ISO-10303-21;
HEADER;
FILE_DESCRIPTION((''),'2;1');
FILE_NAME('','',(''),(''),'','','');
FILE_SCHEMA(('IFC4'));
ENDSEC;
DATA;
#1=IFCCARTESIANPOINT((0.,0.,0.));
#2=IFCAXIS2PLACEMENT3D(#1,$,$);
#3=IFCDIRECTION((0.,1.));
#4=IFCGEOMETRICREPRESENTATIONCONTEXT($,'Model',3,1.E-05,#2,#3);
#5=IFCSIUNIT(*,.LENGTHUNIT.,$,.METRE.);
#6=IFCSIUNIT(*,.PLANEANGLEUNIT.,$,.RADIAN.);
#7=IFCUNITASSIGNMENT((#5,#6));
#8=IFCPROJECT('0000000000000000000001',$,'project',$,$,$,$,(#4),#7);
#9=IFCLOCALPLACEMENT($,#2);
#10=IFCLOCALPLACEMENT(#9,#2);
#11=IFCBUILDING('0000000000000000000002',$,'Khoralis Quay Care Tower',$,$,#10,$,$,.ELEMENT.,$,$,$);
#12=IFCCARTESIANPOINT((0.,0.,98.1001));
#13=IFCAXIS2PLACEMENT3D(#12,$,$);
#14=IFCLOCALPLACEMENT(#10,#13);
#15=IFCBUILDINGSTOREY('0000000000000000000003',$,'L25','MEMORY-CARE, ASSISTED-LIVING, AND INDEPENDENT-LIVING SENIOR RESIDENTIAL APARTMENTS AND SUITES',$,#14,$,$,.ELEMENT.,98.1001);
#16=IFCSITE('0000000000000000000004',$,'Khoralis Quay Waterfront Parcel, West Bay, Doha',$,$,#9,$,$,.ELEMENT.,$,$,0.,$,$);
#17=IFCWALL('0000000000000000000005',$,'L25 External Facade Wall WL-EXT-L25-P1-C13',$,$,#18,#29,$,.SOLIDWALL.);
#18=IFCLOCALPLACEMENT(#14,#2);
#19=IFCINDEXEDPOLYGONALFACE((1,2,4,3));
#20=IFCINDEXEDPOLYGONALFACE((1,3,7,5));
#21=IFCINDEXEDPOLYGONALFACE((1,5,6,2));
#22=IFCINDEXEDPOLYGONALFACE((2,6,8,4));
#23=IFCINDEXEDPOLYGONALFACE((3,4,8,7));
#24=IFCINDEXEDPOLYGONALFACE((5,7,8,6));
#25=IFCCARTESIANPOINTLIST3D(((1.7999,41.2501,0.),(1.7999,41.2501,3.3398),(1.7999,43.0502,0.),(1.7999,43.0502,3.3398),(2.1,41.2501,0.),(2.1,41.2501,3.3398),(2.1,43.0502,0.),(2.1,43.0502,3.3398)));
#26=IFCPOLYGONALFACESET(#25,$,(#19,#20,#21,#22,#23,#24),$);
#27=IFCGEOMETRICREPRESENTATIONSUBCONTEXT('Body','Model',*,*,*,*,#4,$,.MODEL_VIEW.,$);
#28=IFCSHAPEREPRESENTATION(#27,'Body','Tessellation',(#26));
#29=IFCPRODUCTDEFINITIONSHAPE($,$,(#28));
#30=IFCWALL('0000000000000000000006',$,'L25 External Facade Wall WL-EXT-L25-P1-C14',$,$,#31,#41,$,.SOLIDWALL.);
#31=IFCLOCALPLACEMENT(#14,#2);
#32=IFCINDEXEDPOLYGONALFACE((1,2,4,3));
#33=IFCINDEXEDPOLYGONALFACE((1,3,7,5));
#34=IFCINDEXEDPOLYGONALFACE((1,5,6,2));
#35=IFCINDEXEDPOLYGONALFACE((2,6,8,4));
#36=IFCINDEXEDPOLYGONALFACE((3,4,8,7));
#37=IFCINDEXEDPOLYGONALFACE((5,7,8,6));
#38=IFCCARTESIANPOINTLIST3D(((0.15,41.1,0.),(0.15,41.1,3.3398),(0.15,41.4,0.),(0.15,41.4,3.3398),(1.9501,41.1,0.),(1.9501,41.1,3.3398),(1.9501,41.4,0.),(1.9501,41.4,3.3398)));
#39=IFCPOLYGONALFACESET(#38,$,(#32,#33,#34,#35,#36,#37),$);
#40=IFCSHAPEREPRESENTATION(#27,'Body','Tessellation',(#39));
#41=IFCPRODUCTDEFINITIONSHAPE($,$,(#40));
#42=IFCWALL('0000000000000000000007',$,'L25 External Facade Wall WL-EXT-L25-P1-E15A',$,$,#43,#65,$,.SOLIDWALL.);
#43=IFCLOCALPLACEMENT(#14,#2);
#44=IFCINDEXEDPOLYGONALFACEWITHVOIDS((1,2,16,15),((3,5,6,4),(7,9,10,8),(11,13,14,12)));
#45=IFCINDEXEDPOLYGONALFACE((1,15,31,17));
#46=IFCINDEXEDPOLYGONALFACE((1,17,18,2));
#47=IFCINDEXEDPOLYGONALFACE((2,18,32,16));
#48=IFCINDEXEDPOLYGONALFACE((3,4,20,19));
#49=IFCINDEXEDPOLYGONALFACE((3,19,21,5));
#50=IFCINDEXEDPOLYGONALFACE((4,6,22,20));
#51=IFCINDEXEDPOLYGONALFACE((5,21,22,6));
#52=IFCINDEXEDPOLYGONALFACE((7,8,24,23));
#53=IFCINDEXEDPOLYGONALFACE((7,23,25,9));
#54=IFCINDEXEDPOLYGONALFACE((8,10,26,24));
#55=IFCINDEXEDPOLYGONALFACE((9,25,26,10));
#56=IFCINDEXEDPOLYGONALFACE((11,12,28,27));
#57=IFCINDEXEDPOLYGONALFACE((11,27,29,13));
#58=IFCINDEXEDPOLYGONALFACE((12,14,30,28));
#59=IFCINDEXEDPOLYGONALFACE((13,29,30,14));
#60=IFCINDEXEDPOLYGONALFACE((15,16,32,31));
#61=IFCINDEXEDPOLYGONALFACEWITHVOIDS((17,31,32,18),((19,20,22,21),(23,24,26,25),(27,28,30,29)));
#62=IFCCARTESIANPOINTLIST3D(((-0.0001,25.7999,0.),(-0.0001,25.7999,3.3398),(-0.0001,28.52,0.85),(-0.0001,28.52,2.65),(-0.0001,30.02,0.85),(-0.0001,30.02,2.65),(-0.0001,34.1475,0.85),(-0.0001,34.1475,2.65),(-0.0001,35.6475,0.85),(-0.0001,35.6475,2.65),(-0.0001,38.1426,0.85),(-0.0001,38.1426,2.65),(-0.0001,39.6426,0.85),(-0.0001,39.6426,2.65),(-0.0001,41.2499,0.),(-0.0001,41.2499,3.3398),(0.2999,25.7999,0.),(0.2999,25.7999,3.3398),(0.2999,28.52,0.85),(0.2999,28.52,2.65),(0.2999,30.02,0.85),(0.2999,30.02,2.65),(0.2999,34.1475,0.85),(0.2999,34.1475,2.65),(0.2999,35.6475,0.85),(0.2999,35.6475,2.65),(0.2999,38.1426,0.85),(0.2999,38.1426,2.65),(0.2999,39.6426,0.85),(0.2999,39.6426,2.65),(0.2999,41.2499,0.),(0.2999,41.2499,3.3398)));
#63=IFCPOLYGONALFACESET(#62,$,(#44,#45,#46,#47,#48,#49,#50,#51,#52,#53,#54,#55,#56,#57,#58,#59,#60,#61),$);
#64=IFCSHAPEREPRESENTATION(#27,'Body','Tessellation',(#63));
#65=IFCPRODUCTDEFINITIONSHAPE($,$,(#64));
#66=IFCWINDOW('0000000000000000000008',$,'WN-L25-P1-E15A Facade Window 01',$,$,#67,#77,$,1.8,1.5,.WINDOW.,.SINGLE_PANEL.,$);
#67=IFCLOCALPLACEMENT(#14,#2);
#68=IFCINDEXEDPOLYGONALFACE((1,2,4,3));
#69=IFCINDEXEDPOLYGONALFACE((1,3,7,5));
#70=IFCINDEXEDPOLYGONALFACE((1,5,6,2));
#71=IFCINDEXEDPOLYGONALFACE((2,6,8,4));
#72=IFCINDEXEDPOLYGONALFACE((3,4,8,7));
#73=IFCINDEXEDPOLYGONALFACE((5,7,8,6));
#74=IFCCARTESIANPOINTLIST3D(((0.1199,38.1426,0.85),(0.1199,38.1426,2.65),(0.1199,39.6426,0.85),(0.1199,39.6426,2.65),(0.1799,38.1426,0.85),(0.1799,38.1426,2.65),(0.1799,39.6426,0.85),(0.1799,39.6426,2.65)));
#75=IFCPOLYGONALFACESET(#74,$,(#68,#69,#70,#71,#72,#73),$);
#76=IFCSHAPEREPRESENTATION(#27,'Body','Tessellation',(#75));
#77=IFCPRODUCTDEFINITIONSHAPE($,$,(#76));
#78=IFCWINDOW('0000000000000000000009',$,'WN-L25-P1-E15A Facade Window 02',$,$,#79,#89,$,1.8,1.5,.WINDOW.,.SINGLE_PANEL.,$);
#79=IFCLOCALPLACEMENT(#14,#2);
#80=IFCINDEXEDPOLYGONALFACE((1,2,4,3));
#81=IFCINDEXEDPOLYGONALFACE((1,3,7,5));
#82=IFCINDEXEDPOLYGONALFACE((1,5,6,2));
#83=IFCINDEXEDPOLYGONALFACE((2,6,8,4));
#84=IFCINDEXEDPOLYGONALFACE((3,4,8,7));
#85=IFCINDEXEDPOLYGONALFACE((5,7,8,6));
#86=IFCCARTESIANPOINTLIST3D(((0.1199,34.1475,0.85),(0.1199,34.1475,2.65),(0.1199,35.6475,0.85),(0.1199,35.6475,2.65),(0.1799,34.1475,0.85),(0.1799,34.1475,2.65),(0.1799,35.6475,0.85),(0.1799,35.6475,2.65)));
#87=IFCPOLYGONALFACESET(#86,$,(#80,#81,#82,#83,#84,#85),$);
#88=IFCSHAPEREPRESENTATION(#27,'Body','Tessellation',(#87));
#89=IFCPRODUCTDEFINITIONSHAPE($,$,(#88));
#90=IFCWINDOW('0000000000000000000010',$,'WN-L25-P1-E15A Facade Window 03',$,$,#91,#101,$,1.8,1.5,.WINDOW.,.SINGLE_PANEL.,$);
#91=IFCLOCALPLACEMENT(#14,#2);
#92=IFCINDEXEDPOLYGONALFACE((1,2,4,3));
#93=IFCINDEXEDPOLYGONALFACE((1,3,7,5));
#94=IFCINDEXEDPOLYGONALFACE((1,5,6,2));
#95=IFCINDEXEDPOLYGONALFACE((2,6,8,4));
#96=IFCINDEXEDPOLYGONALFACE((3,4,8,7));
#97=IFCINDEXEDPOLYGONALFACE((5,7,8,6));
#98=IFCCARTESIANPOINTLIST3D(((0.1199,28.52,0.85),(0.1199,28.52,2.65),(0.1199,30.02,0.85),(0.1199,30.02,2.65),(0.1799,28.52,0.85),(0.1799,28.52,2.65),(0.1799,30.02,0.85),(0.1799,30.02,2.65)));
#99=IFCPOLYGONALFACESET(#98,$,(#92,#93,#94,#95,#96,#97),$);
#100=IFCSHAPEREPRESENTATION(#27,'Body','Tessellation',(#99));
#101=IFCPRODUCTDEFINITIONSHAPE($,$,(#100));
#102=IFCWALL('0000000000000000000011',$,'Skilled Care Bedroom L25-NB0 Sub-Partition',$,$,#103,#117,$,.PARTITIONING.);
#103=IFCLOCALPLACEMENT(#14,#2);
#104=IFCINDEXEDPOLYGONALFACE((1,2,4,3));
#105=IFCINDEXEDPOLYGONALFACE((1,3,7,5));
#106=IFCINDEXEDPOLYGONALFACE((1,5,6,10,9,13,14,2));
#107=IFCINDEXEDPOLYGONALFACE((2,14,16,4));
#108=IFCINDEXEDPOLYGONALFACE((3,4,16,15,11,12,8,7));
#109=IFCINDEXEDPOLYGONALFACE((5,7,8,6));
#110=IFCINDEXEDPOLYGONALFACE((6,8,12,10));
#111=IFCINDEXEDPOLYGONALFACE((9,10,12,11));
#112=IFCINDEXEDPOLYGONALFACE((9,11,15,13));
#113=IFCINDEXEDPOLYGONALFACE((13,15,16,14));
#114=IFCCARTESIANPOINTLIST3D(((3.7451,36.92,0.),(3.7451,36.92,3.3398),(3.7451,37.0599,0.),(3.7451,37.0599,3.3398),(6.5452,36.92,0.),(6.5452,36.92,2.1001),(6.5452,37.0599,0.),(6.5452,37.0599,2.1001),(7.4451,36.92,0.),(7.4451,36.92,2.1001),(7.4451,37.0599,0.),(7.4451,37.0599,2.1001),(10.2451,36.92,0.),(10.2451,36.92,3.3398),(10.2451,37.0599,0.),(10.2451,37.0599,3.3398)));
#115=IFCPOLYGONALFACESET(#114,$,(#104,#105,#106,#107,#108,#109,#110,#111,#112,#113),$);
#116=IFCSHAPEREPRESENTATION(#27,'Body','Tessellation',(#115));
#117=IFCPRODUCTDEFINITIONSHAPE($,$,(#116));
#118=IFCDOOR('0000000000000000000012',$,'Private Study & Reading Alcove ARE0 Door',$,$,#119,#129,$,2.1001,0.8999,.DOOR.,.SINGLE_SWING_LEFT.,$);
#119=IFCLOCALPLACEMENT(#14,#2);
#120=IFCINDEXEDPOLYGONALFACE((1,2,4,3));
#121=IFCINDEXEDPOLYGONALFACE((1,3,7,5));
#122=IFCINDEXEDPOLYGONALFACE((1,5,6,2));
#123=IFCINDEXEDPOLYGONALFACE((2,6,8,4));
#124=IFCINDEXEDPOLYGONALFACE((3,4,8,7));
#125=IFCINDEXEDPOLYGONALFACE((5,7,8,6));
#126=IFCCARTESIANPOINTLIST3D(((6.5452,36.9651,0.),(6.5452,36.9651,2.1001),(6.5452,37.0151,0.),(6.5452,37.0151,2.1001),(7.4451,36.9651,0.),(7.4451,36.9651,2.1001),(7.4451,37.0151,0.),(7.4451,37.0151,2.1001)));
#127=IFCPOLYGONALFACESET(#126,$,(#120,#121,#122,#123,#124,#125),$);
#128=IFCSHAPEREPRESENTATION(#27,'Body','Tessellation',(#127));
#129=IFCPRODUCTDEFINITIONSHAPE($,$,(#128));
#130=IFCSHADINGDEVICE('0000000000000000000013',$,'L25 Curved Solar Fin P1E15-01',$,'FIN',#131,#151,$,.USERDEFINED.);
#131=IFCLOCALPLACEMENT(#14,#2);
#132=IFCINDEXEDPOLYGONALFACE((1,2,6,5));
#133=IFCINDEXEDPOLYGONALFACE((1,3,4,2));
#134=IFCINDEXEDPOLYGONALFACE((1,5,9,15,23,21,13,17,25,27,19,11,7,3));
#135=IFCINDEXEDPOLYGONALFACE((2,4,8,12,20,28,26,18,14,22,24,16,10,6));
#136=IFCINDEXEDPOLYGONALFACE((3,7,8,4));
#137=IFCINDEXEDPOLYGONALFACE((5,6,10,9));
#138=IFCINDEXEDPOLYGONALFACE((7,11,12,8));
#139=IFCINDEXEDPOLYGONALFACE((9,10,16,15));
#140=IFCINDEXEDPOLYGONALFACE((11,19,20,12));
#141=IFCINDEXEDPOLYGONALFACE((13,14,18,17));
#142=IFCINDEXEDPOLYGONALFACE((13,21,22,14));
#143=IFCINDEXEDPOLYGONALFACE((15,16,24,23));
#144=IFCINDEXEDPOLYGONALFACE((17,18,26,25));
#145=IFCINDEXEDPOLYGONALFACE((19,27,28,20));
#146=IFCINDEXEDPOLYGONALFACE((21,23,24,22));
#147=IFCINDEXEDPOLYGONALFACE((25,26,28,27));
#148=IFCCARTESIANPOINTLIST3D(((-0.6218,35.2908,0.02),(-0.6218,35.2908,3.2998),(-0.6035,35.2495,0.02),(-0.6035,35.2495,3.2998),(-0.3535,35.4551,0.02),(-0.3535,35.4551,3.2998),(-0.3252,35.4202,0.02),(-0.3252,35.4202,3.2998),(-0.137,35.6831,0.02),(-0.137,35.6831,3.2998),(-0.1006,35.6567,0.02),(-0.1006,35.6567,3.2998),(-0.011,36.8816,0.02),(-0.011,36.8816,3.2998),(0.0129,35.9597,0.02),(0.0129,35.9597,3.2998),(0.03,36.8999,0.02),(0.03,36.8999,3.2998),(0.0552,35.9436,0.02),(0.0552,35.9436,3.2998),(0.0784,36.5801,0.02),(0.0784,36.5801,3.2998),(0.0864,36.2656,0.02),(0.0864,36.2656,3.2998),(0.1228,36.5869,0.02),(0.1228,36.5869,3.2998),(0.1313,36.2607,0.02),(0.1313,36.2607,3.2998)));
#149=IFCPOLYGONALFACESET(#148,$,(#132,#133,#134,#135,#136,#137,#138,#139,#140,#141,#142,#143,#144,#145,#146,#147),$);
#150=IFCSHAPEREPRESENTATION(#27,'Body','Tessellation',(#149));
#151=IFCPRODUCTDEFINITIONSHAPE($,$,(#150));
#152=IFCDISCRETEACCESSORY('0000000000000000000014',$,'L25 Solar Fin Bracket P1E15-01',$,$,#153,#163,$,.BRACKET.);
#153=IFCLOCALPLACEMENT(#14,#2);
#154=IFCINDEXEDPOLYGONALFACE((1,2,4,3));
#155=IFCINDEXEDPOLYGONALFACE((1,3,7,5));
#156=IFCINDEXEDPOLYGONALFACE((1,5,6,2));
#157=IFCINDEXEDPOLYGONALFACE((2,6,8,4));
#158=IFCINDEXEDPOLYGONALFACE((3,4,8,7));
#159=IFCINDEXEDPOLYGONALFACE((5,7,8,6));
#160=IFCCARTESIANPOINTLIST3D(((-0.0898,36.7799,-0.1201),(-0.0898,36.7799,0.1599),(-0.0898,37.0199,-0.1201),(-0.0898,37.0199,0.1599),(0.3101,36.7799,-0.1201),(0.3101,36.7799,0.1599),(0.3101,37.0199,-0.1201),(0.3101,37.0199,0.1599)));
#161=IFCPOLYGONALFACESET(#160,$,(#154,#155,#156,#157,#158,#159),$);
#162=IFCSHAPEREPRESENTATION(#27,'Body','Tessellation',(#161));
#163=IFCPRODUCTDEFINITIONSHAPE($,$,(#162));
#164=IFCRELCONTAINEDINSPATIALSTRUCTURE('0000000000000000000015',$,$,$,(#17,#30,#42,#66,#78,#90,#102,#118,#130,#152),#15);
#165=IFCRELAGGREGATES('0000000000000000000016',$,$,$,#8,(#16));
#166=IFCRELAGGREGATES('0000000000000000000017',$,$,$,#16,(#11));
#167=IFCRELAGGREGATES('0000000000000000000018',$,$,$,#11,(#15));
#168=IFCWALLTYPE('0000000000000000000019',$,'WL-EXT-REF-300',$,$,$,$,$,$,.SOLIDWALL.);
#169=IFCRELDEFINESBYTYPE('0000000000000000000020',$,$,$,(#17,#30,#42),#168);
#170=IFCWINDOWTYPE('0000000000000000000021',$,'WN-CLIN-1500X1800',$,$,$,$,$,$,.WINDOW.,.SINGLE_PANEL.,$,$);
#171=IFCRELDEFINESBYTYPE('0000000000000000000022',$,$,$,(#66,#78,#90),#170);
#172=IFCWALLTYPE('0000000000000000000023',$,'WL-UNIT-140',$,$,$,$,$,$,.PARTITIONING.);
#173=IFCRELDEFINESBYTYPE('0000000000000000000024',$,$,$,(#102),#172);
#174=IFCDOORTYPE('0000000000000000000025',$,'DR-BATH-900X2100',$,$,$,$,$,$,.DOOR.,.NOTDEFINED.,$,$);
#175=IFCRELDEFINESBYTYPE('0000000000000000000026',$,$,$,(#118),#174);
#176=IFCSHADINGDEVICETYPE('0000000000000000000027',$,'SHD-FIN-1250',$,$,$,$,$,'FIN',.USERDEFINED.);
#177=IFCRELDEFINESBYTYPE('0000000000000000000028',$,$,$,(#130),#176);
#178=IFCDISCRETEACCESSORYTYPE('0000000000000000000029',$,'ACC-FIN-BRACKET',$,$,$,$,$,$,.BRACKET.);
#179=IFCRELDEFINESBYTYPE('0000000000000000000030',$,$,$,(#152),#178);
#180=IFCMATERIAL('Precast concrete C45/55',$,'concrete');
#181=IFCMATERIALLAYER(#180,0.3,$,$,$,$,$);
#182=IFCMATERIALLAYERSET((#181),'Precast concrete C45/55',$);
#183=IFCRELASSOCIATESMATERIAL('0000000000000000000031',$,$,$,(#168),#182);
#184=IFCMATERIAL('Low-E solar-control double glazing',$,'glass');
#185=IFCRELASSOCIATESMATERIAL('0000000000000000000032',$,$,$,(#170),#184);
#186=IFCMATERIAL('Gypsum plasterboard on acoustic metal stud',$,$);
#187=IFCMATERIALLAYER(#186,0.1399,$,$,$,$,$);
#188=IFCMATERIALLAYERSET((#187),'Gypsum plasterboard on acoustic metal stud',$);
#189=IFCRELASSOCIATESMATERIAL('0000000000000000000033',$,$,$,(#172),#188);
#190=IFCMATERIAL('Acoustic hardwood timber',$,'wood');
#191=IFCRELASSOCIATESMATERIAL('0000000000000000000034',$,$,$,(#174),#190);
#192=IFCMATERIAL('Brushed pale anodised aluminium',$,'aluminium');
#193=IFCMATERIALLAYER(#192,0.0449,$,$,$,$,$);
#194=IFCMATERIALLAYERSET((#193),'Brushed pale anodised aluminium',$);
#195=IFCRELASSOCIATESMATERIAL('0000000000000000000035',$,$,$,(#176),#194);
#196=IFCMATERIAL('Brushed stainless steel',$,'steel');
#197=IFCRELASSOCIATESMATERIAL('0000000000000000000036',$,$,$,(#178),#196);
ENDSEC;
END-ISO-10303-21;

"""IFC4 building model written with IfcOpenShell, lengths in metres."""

from ifc_helpers import new_model, si_unit, direction, frame, frame_2d, origin, origin_2d, place, context, subcontext, project, spatial, polyline, rectangle, outline, extrude, source, transform, mapped, material, layer, layer_set, type_object, element, fill, save


model = new_model("IFC4")

# Units and contexts
model_context = context("Model", 3, precision=1e-05, world=origin(), true_north=direction((0.0, 1.0)))
body_context = subcontext(model_context, "Body", "Model", "MODEL_VIEW")
ifc_project = project(units=[si_unit("LENGTHUNIT", "METRE"), si_unit("PLANEANGLEUNIT", "RADIAN")], contexts=[model_context])

# Site, building, storey
site_placement = place(None, origin())
site = spatial("IfcSite", under=ifc_project, at=site_placement, Name="Khoralis Quay Waterfront Parcel, West Bay, Doha", CompositionType="ELEMENT", RefElevation=0.0)
building_placement = place(site_placement, origin())
building = spatial("IfcBuilding", under=site, at=building_placement, Name="Khoralis Quay Care Tower", CompositionType="ELEMENT")
storey_placement = place(building_placement, frame((0.0, 0.0, 98.1001)))
storey = spatial("IfcBuildingStorey", under=building, at=storey_placement, Name="L25", Description="MEMORY-CARE, ASSISTED-LIVING, AND INDEPENDENT-LIVING SENIOR RESIDENTIAL APARTMENTS AND SUITES", CompositionType="ELEMENT", Elevation=98.1001)

# Walls
ifc_material_1 = material(Name="Precast concrete C45/55", Category="concrete")
ifc_layer_1 = layer(ifc_material_1, 0.3)
ifc_layer_set_1 = layer_set([ifc_layer_1], Name="Precast concrete C45/55")
wall_type_1 = type_object("IfcWallType", Name="WL-EXT-REF-300", PredefinedType="SOLIDWALL", material=ifc_layer_set_1)
for number, where, z_axis, x_axis, name in (
    (1, (1.95, 43.05, 0.0), (0.0, 0.0, 1.0), (0.0, -1.0, 0.0), "L25 External Facade Wall WL-EXT-L25-P1-C13"),
    (2, (1.95, 41.25, 0.0), (0.0, 0.0, 1.0), (-1.0, 0.0, 0.0), "L25 External Facade Wall WL-EXT-L25-P1-C14"),
):
    element("IfcWall", number, at=place(storey_placement, frame(where, z_axis=z_axis, x_axis=x_axis)), inside=storey, type_object=wall_type_1, Name=name, PredefinedType="SOLIDWALL", context=body_context, shape_type="SweptSolid", body=[
        extrude(rectangle(XDim=1.8, YDim=0.3, at=frame_2d((0.8999, 0.0))), origin(), (0.0, 0.0, 1.0), 3.3398),
    ])

# Wall, openings, windows
wall_1_placement = place(storey_placement, frame((0.1499, 41.25, 0.0), z_axis=(0.0, 0.0, 1.0), x_axis=(0.0, -1.0, 0.0)))
wall_1 = element("IfcWall", 3, at=wall_1_placement, inside=storey, type_object=wall_type_1, Name="L25 External Facade Wall WL-EXT-L25-P1-E15A", PredefinedType="SOLIDWALL", context=body_context, shape_type="SweptSolid", body=[
    extrude(rectangle(XDim=15.45, YDim=0.3, at=frame_2d((7.7251, 0.0))), origin(), (0.0, 0.0, 1.0), 3.3398),
])
opening_1_placement = place(wall_1_placement, frame((1.6074, 0.0, 0.8501)))
opening_1 = element("IfcOpeningElement", 4, at=opening_1_placement, cuts=wall_1, PredefinedType="OPENING", context=body_context, shape_type="SweptSolid", body=[
    extrude(rectangle(XDim=1.5, YDim=1.8, at=frame_2d((0.75, 0.8999))), frame((0.0, 0.1602, 0.0), z_axis=(0.0, -1.0, 0.0), x_axis=(1.0, 0.0, 0.0)), (0.0, 0.0, 1.0), 0.3201),
])
opening_2_placement = place(wall_1_placement, frame((5.6025, 0.0, 0.8501)))
opening_2 = element("IfcOpeningElement", 5, at=opening_2_placement, cuts=wall_1, PredefinedType="OPENING", context=body_context, shape_type="SweptSolid", body=[
    extrude(rectangle(XDim=1.5, YDim=1.8, at=frame_2d((0.75, 0.8999))), frame((0.0, 0.1602, 0.0), z_axis=(0.0, -1.0, 0.0), x_axis=(1.0, 0.0, 0.0)), (0.0, 0.0, 1.0), 0.3201),
])
opening_3_placement = place(wall_1_placement, frame((11.23, 0.0, 0.8501)))
opening_3 = element("IfcOpeningElement", 6, at=opening_3_placement, cuts=wall_1, PredefinedType="OPENING", context=body_context, shape_type="SweptSolid", body=[
    extrude(rectangle(XDim=1.5, YDim=1.8, at=frame_2d((0.75, 0.8999))), frame((0.0, 0.1602, 0.0), z_axis=(0.0, -1.0, 0.0), x_axis=(1.0, 0.0, 0.0)), (0.0, 0.0, 1.0), 0.3201),
])
ifc_material_2 = material(Name="Low-E solar-control double glazing", Category="glass")
window_type = type_object("IfcWindowType", Name="WN-CLIN-1500X1800", PartitioningType="SINGLE_PANEL", PredefinedType="WINDOW", material=ifc_material_2)
shared_shape_1 = source(origin(), body_context, "Body", "SweptSolid", [
    extrude(rectangle(XDim=1.5, YDim=1.8, at=frame_2d((0.75, 0.8999))), frame((0.0, 0.03, 0.0), z_axis=(0.0, -1.0, 0.0), x_axis=(1.0, 0.0, 0.0)), (0.0, 0.0, 1.0), 0.0601),
])
window_1_placement = place(opening_1_placement, origin())
window_1 = element("IfcWindow", 7, at=window_1_placement, inside=storey, type_object=window_type, Name="WN-L25-P1-E15A Facade Window 01", OverallHeight=1.8, OverallWidth=1.5, PartitioningType="SINGLE_PANEL", PredefinedType="WINDOW", context=body_context, shape_type="MappedRepresentation", body=[
    mapped(shared_shape_1, transform((0.0, 0.0, 0.0), scale=1.0)),
])
fill(opening_1, window_1)
window_2_placement = place(opening_2_placement, origin())
window_2 = element("IfcWindow", 8, at=window_2_placement, inside=storey, type_object=window_type, Name="WN-L25-P1-E15A Facade Window 02", OverallHeight=1.8, OverallWidth=1.5, PartitioningType="SINGLE_PANEL", PredefinedType="WINDOW", context=body_context, shape_type="MappedRepresentation", body=[
    mapped(shared_shape_1, transform((0.0, 0.0, 0.0), scale=1.0)),
])
fill(opening_2, window_2)
window_3_placement = place(opening_3_placement, origin())
window_3 = element("IfcWindow", 9, at=window_3_placement, inside=storey, type_object=window_type, Name="WN-L25-P1-E15A Facade Window 03", OverallHeight=1.8, OverallWidth=1.5, PartitioningType="SINGLE_PANEL", PredefinedType="WINDOW", context=body_context, shape_type="MappedRepresentation", body=[
    mapped(shared_shape_1, transform((0.0, 0.0, 0.0), scale=1.0)),
])
fill(opening_3, window_3)

# Wall, opening, door
ifc_material_3 = material(Name="Gypsum plasterboard on acoustic metal stud")
ifc_layer_2 = layer(ifc_material_3, 0.1399)
ifc_layer_set_2 = layer_set([ifc_layer_2], Name="Gypsum plasterboard on acoustic metal stud")
wall_type_2 = type_object("IfcWallType", Name="WL-UNIT-140", PredefinedType="PARTITIONING", material=ifc_layer_set_2)
wall_2_placement = place(storey_placement, frame((3.7451, 36.99, 0.0), z_axis=(0.0, 0.0, 1.0), x_axis=(1.0, 0.0, 0.0)))
wall_2 = element("IfcWall", 10, at=wall_2_placement, inside=storey, type_object=wall_type_2, Name="Skilled Care Bedroom L25-NB0 Sub-Partition", PredefinedType="PARTITIONING", context=body_context, shape_type="SweptSolid", body=[
    extrude(rectangle(XDim=6.5, YDim=0.1399, at=frame_2d((3.25, 0.0))), origin(), (0.0, 0.0, 1.0), 3.3398),
])
opening_4_placement = place(wall_2_placement, frame((2.8, 0.0, 0.0)))
opening_4 = element("IfcOpeningElement", 11, at=opening_4_placement, cuts=wall_2, PredefinedType="OPENING", context=body_context, shape_type="SweptSolid", body=[
    extrude(rectangle(XDim=0.8999, YDim=2.1001, at=frame_2d((0.45, 1.05))), frame((0.0, 0.0801, 0.0), z_axis=(0.0, -1.0, 0.0), x_axis=(1.0, 0.0, 0.0)), (0.0, 0.0, 1.0), 0.1599),
])
ifc_material_4 = material(Name="Acoustic hardwood timber", Category="wood")
door_type = type_object("IfcDoorType", Name="DR-BATH-900X2100", OperationType="NOTDEFINED", PredefinedType="DOOR", material=ifc_material_4)
shared_shape_2 = source(origin(), body_context, "Body", "SweptSolid", [
    extrude(rectangle(XDim=0.8999, YDim=2.1001, at=frame_2d((0.45, 1.05))), frame((0.0, 0.0249, 0.0), z_axis=(0.0, -1.0, 0.0), x_axis=(1.0, 0.0, 0.0)), (0.0, 0.0, 1.0), 0.05),
])
door_placement = place(opening_4_placement, frame((0.8999, 0.0, 0.0), z_axis=(0.0, 0.0, 1.0), x_axis=(-1.0, 0.0, 0.0)))
door = element("IfcDoor", 12, at=door_placement, inside=storey, type_object=door_type, Name="Private Study & Reading Alcove ARE0 Door", OperationType="SINGLE_SWING_LEFT", OverallHeight=2.1001, OverallWidth=0.8999, PredefinedType="DOOR", context=body_context, shape_type="MappedRepresentation", body=[
    mapped(shared_shape_2, transform((0.0, 0.0, 0.0), scale=1.0)),
])
fill(opening_4, door)

# Shading device
ifc_material_5 = material(Name="Brushed pale anodised aluminium", Category="aluminium")
ifc_layer_3 = layer(ifc_material_5, 0.0449)
ifc_layer_set_3 = layer_set([ifc_layer_3], Name="Brushed pale anodised aluminium")
shading_device_type = type_object("IfcShadingDeviceType", Name="SHD-FIN-1250", ElementType="FIN", PredefinedType="USERDEFINED", material=ifc_layer_set_3)
shared_shape_3 = source(origin(), body_context, "Body", "SweptSolid", [
    extrude(outline(polyline([(0.0, 0.0), (-0.0928, 0.313), (-0.1013, 0.6392), (-0.0251, 0.9563), (0.1306, 1.2432), (0.3552, 1.4797), (0.6335, 1.6504), (0.6519, 1.6091), (0.3835, 1.4448), (0.167, 1.2168), (0.0171, 0.9402), (-0.0564, 0.6343), (-0.0483, 0.3198), (0.041, 0.0183), (0.0, 0.0)])), origin(), (0.0, 0.0, 1.0), 3.2798),
])
shading_device_placement = place(storey_placement, frame((0.03, 36.8999, 0.02), z_axis=(0.0, 0.0, 1.0), x_axis=(-1.0, 0.0, 0.0)))
element("IfcShadingDevice", 13, at=shading_device_placement, inside=storey, type_object=shading_device_type, Name="L25 Curved Solar Fin P1E15-01", ObjectType="FIN", PredefinedType="USERDEFINED", context=body_context, shape_type="MappedRepresentation", body=[
    mapped(shared_shape_3, transform((0.0, 0.0, 0.0), scale=1.0)),
])

# Discrete accessory
ifc_material_6 = material(Name="Brushed stainless steel", Category="steel")
discrete_accessory_type = type_object("IfcDiscreteAccessoryType", Name="ACC-FIN-BRACKET", PredefinedType="BRACKET", material=ifc_material_6)
shared_shape_4 = source(origin(), body_context, "Body", "SweptSolid", [
    extrude(rectangle(XDim=0.3999, YDim=0.24, at=origin_2d()), origin(), (0.0, 0.0, 1.0), 0.28),
])
discrete_accessory_placement = place(storey_placement, frame((0.1101, 36.8999, -0.1201), z_axis=(0.0, 0.0, 1.0), x_axis=(-1.0, 0.0, 0.0)))
element("IfcDiscreteAccessory", 14, at=discrete_accessory_placement, inside=storey, type_object=discrete_accessory_type, Name="L25 Solar Fin Bracket P1E15-01", PredefinedType="BRACKET", context=body_context, shape_type="MappedRepresentation", body=[
    mapped(shared_shape_4, transform((0.0, 0.0, 0.0), scale=1.0)),
])

save(model, "model.ifc")
